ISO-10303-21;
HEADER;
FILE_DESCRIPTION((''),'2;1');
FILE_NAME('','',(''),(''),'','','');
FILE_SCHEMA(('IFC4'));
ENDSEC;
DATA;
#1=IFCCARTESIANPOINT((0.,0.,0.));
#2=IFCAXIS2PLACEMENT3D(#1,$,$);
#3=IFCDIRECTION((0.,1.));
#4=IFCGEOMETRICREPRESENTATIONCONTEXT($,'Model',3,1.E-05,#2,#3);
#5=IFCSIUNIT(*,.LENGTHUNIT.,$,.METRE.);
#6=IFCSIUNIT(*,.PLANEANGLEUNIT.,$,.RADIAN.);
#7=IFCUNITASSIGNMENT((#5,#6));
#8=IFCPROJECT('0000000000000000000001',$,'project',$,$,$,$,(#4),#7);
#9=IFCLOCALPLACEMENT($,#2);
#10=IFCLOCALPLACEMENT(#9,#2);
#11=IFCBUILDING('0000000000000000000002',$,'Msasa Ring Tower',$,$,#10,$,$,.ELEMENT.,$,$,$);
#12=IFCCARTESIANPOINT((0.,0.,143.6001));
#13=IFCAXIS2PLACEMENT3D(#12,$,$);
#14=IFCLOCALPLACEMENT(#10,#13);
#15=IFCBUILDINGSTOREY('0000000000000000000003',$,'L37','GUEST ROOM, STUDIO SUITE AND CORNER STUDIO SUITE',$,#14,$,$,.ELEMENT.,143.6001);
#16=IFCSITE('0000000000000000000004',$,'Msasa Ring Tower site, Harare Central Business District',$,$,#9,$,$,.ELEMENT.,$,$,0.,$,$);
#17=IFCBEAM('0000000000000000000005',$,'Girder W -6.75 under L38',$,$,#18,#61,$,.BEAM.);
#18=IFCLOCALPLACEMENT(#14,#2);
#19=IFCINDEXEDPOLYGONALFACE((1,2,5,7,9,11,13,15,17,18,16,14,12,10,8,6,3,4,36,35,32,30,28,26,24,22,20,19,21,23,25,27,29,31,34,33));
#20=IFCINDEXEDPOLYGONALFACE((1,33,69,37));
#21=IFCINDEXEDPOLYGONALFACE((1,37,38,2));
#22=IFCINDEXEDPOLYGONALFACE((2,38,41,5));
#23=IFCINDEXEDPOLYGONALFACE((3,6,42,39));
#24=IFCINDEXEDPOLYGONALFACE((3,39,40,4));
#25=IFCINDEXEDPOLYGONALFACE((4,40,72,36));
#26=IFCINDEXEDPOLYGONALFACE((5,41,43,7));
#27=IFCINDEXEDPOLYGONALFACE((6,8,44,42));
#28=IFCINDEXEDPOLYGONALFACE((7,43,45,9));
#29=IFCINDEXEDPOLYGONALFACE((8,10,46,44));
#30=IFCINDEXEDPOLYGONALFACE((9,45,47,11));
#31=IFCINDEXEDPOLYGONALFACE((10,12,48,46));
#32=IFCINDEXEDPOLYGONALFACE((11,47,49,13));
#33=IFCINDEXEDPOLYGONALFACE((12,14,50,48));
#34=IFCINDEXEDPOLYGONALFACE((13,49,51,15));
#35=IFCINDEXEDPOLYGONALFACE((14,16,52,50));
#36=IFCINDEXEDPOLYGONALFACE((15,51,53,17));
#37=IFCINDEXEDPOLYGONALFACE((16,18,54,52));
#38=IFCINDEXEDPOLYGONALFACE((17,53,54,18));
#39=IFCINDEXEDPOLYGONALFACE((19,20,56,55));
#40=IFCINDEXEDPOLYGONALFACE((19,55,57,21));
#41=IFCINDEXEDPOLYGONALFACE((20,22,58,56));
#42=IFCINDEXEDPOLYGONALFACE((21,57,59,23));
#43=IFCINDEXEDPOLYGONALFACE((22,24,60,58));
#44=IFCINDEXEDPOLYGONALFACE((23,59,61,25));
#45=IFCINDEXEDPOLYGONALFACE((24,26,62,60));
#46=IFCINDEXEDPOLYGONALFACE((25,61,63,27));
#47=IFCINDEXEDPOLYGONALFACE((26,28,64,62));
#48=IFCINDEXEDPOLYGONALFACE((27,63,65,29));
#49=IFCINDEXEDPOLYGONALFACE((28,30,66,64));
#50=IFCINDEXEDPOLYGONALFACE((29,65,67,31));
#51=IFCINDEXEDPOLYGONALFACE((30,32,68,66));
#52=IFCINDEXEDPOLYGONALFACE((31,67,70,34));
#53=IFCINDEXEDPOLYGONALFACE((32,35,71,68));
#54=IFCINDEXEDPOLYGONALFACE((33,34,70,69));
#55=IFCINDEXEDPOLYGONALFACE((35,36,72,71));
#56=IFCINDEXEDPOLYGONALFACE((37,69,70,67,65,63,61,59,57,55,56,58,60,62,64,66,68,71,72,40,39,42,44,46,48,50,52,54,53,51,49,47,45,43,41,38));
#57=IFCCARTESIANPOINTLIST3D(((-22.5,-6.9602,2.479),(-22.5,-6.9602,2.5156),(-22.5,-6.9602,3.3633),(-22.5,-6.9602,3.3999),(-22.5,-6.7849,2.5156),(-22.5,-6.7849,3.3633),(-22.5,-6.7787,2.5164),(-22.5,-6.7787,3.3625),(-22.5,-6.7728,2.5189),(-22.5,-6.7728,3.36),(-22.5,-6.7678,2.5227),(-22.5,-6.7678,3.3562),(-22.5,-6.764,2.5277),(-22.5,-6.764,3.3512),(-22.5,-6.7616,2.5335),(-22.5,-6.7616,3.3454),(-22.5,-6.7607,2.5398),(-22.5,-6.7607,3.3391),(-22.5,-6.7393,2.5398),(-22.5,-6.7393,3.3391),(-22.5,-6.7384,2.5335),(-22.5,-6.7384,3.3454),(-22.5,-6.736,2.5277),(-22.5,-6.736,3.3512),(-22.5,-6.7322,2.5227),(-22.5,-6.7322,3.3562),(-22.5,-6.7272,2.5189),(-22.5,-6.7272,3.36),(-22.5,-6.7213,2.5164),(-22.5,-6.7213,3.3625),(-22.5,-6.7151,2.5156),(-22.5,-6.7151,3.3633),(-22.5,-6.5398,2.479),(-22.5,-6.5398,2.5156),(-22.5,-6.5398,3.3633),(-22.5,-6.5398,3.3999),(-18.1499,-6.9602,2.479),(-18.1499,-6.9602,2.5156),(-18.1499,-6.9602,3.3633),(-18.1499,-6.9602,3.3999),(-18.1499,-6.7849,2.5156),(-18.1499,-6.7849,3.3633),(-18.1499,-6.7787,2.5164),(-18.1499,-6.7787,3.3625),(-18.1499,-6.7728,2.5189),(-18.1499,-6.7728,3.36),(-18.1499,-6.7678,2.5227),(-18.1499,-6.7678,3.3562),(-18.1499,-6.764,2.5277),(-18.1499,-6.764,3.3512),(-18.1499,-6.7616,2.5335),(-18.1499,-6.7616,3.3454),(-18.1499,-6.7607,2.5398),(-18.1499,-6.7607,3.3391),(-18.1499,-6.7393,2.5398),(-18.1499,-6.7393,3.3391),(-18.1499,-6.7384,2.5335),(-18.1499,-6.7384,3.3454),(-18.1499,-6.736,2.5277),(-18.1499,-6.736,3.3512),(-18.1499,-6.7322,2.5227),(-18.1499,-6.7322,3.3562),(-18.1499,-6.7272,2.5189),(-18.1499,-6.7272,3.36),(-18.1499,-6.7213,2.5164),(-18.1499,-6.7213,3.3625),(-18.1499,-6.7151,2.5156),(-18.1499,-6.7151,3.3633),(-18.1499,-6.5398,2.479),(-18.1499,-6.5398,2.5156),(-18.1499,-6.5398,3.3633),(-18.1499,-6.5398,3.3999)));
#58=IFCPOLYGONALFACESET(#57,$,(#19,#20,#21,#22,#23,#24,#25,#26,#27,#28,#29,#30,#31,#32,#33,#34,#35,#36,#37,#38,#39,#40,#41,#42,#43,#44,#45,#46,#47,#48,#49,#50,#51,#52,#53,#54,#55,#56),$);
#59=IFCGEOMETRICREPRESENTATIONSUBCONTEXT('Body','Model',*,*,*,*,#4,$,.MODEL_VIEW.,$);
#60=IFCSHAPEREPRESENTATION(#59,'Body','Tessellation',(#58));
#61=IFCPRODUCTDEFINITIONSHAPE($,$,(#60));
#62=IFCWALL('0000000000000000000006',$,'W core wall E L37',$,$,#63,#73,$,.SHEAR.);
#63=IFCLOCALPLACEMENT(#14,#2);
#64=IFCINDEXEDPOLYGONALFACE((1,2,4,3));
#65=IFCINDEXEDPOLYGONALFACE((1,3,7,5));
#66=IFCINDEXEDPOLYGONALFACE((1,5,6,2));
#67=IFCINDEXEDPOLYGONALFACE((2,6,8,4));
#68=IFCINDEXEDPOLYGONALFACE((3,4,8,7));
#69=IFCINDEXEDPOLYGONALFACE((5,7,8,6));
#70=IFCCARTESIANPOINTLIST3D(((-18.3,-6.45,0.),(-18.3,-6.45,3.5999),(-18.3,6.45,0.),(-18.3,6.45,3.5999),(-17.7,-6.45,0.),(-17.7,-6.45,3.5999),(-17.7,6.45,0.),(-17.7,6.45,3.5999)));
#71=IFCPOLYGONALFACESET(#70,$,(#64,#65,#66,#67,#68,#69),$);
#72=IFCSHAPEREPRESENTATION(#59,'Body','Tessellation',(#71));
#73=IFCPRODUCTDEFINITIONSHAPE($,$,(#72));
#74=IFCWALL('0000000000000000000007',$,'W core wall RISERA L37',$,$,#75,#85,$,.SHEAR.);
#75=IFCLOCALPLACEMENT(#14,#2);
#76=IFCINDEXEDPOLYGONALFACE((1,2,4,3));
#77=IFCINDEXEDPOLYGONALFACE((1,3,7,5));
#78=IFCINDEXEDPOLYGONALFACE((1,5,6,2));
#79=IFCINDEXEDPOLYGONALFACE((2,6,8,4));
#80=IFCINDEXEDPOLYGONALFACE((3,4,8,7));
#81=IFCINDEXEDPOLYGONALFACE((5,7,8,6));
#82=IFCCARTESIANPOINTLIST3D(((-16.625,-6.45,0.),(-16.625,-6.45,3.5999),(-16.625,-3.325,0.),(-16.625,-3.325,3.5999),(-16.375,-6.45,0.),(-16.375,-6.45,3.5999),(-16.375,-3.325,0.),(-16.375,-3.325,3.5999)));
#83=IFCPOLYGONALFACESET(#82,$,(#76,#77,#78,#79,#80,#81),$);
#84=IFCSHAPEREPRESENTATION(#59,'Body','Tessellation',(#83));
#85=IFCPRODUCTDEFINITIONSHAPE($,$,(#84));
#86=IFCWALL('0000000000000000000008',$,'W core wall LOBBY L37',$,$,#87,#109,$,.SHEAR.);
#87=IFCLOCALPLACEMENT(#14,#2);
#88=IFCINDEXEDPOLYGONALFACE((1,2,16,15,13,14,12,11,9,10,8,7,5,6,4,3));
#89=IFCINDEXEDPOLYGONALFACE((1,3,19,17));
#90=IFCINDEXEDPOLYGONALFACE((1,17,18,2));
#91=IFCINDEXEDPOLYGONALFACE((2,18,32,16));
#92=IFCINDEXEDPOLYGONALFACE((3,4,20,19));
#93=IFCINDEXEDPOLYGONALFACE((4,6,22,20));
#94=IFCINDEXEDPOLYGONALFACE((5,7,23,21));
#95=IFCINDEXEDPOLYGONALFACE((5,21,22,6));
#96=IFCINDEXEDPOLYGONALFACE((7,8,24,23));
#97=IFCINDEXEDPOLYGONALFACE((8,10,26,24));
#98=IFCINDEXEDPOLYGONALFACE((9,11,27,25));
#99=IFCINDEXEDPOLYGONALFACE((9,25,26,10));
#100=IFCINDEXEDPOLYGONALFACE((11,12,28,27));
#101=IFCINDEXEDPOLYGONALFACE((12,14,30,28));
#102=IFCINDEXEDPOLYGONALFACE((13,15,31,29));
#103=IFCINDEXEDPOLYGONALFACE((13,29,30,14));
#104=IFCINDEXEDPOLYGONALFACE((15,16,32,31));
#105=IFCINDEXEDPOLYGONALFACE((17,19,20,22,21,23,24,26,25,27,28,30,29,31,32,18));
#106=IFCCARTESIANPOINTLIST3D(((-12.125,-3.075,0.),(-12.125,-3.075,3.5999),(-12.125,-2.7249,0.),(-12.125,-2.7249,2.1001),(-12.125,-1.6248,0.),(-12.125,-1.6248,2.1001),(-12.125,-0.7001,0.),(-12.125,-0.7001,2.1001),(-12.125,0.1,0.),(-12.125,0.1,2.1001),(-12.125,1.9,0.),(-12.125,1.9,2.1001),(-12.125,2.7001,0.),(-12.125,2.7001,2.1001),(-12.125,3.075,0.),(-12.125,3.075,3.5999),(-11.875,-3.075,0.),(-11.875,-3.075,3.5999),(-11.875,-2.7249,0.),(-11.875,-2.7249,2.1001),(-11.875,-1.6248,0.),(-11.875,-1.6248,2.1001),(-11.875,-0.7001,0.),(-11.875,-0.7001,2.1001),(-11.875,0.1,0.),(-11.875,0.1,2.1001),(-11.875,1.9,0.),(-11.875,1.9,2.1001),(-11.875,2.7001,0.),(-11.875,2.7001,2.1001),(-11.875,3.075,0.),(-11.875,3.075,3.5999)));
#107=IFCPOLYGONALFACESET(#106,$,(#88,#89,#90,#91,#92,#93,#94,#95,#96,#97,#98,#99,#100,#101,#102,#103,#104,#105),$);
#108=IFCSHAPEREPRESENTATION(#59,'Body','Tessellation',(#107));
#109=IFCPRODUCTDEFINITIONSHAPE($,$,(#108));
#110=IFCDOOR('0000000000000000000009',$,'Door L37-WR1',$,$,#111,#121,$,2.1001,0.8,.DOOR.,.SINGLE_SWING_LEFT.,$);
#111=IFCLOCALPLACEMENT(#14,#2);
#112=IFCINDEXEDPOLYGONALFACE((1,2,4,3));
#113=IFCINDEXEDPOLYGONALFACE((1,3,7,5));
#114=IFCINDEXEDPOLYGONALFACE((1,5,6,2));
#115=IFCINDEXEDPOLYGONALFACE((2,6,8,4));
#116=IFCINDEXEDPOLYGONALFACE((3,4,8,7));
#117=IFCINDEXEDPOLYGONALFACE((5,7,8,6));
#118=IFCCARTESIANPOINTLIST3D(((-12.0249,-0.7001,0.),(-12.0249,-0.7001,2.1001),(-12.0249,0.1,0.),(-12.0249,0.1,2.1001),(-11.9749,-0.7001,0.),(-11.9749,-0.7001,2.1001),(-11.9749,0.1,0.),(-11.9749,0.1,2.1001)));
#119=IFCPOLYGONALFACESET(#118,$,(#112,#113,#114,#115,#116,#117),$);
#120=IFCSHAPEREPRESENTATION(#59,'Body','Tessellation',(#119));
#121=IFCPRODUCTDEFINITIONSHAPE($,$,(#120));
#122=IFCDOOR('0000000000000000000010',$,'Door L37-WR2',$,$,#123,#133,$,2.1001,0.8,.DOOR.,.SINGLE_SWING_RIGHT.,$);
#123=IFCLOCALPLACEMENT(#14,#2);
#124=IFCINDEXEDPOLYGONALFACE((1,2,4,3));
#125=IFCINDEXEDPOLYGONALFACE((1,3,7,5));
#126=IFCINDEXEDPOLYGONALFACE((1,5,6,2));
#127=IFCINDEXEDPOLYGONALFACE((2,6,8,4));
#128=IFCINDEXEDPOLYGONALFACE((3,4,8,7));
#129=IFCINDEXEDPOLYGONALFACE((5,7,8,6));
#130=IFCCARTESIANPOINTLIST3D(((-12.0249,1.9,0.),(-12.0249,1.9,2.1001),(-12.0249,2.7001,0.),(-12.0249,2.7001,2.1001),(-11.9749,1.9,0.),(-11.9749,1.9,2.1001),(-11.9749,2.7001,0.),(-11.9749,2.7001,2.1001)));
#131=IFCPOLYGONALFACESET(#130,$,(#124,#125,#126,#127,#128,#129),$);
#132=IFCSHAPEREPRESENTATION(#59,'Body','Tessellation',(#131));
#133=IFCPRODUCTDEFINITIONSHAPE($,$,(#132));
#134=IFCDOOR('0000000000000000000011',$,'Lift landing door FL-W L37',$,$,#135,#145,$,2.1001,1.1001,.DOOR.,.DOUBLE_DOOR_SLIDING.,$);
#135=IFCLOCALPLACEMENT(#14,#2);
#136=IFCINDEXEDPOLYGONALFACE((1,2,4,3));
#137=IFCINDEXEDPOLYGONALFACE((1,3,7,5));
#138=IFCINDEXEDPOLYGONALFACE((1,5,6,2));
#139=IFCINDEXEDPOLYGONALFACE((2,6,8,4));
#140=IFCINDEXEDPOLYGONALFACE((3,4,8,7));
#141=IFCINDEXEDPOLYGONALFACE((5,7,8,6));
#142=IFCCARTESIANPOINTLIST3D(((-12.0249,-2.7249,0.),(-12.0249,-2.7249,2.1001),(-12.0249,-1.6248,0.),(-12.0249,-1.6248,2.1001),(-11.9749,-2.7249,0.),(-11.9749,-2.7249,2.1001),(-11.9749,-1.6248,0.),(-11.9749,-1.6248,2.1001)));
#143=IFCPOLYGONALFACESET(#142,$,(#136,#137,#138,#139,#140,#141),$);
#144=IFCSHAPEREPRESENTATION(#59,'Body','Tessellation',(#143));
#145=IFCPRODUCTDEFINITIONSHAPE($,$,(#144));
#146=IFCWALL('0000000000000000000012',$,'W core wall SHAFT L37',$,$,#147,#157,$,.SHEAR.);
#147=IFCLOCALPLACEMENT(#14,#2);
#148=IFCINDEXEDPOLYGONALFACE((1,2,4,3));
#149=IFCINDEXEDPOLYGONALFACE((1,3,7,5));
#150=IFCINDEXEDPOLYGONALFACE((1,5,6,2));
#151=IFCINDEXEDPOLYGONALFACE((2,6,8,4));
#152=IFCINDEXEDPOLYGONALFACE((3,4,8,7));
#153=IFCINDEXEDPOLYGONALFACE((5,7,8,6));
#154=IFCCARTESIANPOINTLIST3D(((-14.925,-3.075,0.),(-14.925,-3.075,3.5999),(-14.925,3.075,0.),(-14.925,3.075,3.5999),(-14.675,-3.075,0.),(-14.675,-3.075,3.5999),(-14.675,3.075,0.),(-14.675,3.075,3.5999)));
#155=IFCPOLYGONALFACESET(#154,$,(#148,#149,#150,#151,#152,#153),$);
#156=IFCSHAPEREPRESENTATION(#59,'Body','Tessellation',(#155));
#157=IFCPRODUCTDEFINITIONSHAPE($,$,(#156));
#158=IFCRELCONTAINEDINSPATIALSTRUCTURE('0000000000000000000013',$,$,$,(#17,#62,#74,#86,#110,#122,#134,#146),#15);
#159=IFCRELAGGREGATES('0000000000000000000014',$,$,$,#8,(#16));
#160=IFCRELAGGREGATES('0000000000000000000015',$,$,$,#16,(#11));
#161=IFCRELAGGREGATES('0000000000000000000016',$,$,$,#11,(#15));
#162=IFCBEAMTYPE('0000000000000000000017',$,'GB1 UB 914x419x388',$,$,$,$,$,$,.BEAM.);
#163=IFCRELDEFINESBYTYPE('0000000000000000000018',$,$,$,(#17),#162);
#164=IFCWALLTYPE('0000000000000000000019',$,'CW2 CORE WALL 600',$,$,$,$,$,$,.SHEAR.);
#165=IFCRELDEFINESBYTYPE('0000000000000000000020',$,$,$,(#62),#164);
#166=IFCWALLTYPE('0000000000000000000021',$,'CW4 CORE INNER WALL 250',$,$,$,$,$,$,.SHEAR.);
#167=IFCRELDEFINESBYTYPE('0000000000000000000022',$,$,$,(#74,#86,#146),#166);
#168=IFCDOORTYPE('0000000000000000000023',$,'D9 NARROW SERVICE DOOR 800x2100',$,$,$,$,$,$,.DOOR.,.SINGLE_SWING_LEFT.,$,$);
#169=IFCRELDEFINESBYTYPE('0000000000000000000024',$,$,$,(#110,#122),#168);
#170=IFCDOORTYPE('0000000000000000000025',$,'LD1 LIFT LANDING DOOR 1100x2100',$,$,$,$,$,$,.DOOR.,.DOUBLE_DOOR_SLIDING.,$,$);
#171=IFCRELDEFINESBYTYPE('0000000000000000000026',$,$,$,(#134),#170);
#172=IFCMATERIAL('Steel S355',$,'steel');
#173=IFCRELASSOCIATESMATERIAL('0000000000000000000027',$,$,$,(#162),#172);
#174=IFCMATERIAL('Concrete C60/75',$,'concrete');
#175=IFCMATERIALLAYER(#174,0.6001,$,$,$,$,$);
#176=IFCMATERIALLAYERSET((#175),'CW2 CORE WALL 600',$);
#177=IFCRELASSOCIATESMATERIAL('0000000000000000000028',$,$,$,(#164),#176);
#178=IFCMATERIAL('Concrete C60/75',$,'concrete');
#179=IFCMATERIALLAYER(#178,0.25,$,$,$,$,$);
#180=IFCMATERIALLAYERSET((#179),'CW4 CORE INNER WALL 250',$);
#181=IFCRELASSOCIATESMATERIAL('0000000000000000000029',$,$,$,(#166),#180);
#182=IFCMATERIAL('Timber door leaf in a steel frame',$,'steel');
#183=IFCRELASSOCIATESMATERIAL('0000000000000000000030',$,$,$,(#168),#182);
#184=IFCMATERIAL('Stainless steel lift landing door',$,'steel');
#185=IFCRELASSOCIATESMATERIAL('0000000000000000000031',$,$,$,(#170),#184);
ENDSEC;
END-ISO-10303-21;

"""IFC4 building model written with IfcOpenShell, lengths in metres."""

from ifc_helpers import new_model, si_unit, direction, frame, frame_2d, origin, origin_2d, place, context, subcontext, project, spatial, rectangle, i_section, extrude, material, layer, layer_set, material_profile, profile_set, type_object, element, fill, save


model = new_model("IFC4")

# Units and contexts
model_context = context("Model", 3, precision=1e-05, world=origin(), true_north=direction((0.0, 1.0)))
body_context = subcontext(model_context, "Body", "Model", "MODEL_VIEW")
ifc_project = project(units=[si_unit("LENGTHUNIT", "METRE"), si_unit("PLANEANGLEUNIT", "RADIAN")], contexts=[model_context])

# Site, building, storey
site_placement = place(None, origin())
site = spatial("IfcSite", under=ifc_project, at=site_placement, Name="Msasa Ring Tower site, Harare Central Business District", CompositionType="ELEMENT", RefElevation=0.0)
building_placement = place(site_placement, origin())
building = spatial("IfcBuilding", under=site, at=building_placement, Name="Msasa Ring Tower", CompositionType="ELEMENT")
storey_placement = place(building_placement, frame((0.0, 0.0, 143.6001)))
storey = spatial("IfcBuildingStorey", under=building, at=storey_placement, Name="L37", Description="GUEST ROOM, STUDIO SUITE AND CORNER STUDIO SUITE", CompositionType="ELEMENT", Elevation=143.6001)

# Beam
ifc_material_1 = material(Name="Steel S355", Category="steel")
ifc_material_profile = material_profile(ifc_material_1, i_section(OverallWidth=0.4204, OverallDepth=0.9209, WebThickness=0.0215, FlangeThickness=0.0366, FilletRadius=0.0242, at=origin_2d()), Name="UB 914x419x388")
ifc_profile_set = profile_set([ifc_material_profile], Name="Steel S355")
beam_type = type_object("IfcBeamType", Name="GB1 UB 914x419x388", PredefinedType="BEAM", material=ifc_profile_set)
beam_placement = place(storey_placement, frame((-18.1499, -6.75, 2.9395), z_axis=(-1.0, 0.0, 0.0), x_axis=(0.0, -1.0, 0.0)))
element("IfcBeam", 1, at=beam_placement, inside=storey, type_object=beam_type, Name="Girder W -6.75 under L38", PredefinedType="BEAM", context=body_context, shape_type="SweptSolid", body=[
    extrude(i_section(OverallWidth=0.4204, OverallDepth=0.9209, WebThickness=0.0215, FlangeThickness=0.0366, FilletRadius=0.0242, at=origin_2d()), origin(), (0.0, 0.0, 1.0), 4.3501),
])

# Walls
ifc_material_2 = material(Name="Concrete C60/75", Category="concrete")
ifc_layer_1 = layer(ifc_material_2, 0.6001)
ifc_layer_set_1 = layer_set([ifc_layer_1], Name="CW2 CORE WALL 600")
wall_type_1 = type_object("IfcWallType", Name="CW2 CORE WALL 600", PredefinedType="SHEAR", material=ifc_layer_set_1)
wall_1_placement = place(storey_placement, frame((-18.0, -6.45, 0.0), z_axis=(0.0, 0.0, 1.0), x_axis=(0.0, 1.0, 0.0)))
element("IfcWall", 2, at=wall_1_placement, inside=storey, type_object=wall_type_1, Name="W core wall E L37", PredefinedType="SHEAR", context=body_context, shape_type="SweptSolid", body=[
    extrude(rectangle(XDim=12.8999, YDim=0.6001, at=frame_2d((6.45, 0.0))), origin(), (0.0, 0.0, 1.0), 3.5999),
])
ifc_material_3 = material(Name="Concrete C60/75", Category="concrete")
ifc_layer_2 = layer(ifc_material_3, 0.25)
ifc_layer_set_2 = layer_set([ifc_layer_2], Name="CW4 CORE INNER WALL 250")
wall_type_2 = type_object("IfcWallType", Name="CW4 CORE INNER WALL 250", PredefinedType="SHEAR", material=ifc_layer_set_2)
wall_2_placement = place(storey_placement, frame((-16.5, -6.45, 0.0), z_axis=(0.0, 0.0, 1.0), x_axis=(0.0, 1.0, 0.0)))
element("IfcWall", 3, at=wall_2_placement, inside=storey, type_object=wall_type_2, Name="W core wall RISERA L37", PredefinedType="SHEAR", context=body_context, shape_type="SweptSolid", body=[
    extrude(rectangle(XDim=3.125, YDim=0.25, at=frame_2d((1.5625, 0.0))), origin(), (0.0, 0.0, 1.0), 3.5999),
])

# Wall, openings, doors
wall_3_placement = place(storey_placement, frame((-12.0, -3.075, 0.0), z_axis=(0.0, 0.0, 1.0), x_axis=(0.0, 1.0, 0.0)))
wall_3 = element("IfcWall", 4, at=wall_3_placement, inside=storey, type_object=wall_type_2, Name="W core wall LOBBY L37", PredefinedType="SHEAR", context=body_context, shape_type="SweptSolid", body=[
    extrude(rectangle(XDim=6.1499, YDim=0.25, at=frame_2d((3.075, 0.0))), origin(), (0.0, 0.0, 1.0), 3.5999),
])
opening_1_placement = place(wall_3_placement, frame((2.375, 0.0, 0.0)))
opening_1 = element("IfcOpeningElement", 5, at=opening_1_placement, cuts=wall_3, PredefinedType="OPENING", context=body_context, shape_type="SweptSolid", body=[
    extrude(rectangle(XDim=0.8, YDim=2.1001, at=frame_2d((0.3999, 1.05))), frame((0.0, 0.135, 0.0), z_axis=(0.0, -1.0, 0.0), x_axis=(1.0, 0.0, 0.0)), (0.0, 0.0, 1.0), 0.27),
])
opening_2_placement = place(wall_3_placement, frame((4.9751, 0.0, 0.0)))
opening_2 = element("IfcOpeningElement", 6, at=opening_2_placement, cuts=wall_3, PredefinedType="OPENING", context=body_context, shape_type="SweptSolid", body=[
    extrude(rectangle(XDim=0.8, YDim=2.1001, at=frame_2d((0.3999, 1.05))), frame((0.0, 0.135, 0.0), z_axis=(0.0, -1.0, 0.0), x_axis=(1.0, 0.0, 0.0)), (0.0, 0.0, 1.0), 0.27),
])
opening_3_placement = place(wall_3_placement, frame((0.3501, 0.0, 0.0)))
opening_3 = element("IfcOpeningElement", 7, at=opening_3_placement, cuts=wall_3, PredefinedType="OPENING", context=body_context, shape_type="SweptSolid", body=[
    extrude(rectangle(XDim=1.1001, YDim=2.1001, at=frame_2d((0.55, 1.05))), frame((0.0, 0.135, 0.0), z_axis=(0.0, -1.0, 0.0), x_axis=(1.0, 0.0, 0.0)), (0.0, 0.0, 1.0), 0.27),
])
ifc_material_4 = material(Name="Timber door leaf in a steel frame", Category="steel")
door_type_1 = type_object("IfcDoorType", Name="D9 NARROW SERVICE DOOR 800x2100", OperationType="SINGLE_SWING_LEFT", PredefinedType="DOOR", material=ifc_material_4)
door_1_placement = place(opening_1_placement, origin())
door_1 = element("IfcDoor", 8, at=door_1_placement, inside=storey, type_object=door_type_1, Name="Door L37-WR1", OperationType="SINGLE_SWING_LEFT", OverallHeight=2.1001, OverallWidth=0.8, PredefinedType="DOOR", context=body_context, shape_type="SweptSolid", body=[
    extrude(rectangle(XDim=0.8, YDim=2.1001, at=frame_2d((0.3999, 1.05))), frame((0.0, 0.0249, 0.0), z_axis=(0.0, -1.0, 0.0), x_axis=(1.0, 0.0, 0.0)), (0.0, 0.0, 1.0), 0.05),
])
fill(opening_1, door_1)
door_2_placement = place(opening_2_placement, origin())
door_2 = element("IfcDoor", 9, at=door_2_placement, inside=storey, type_object=door_type_1, Name="Door L37-WR2", OperationType="SINGLE_SWING_RIGHT", OverallHeight=2.1001, OverallWidth=0.8, PredefinedType="DOOR", context=body_context, shape_type="SweptSolid", body=[
    extrude(rectangle(XDim=0.8, YDim=2.1001, at=frame_2d((0.3999, 1.05))), frame((0.0, 0.0249, 0.0), z_axis=(0.0, -1.0, 0.0), x_axis=(1.0, 0.0, 0.0)), (0.0, 0.0, 1.0), 0.05),
])
fill(opening_2, door_2)
ifc_material_5 = material(Name="Stainless steel lift landing door", Category="steel")
door_type_2 = type_object("IfcDoorType", Name="LD1 LIFT LANDING DOOR 1100x2100", OperationType="DOUBLE_DOOR_SLIDING", PredefinedType="DOOR", material=ifc_material_5)
door_3_placement = place(opening_3_placement, origin())
door_3 = element("IfcDoor", 10, at=door_3_placement, inside=storey, type_object=door_type_2, Name="Lift landing door FL-W L37", OperationType="DOUBLE_DOOR_SLIDING", OverallHeight=2.1001, OverallWidth=1.1001, PredefinedType="DOOR", context=body_context, shape_type="SweptSolid", body=[
    extrude(rectangle(XDim=1.1001, YDim=2.1001, at=frame_2d((0.55, 1.05))), frame((0.0, 0.0249, 0.0), z_axis=(0.0, -1.0, 0.0), x_axis=(1.0, 0.0, 0.0)), (0.0, 0.0, 1.0), 0.05),
])
fill(opening_3, door_3)

# Wall
wall_4_placement = place(storey_placement, frame((-14.8, -3.075, 0.0), z_axis=(0.0, 0.0, 1.0), x_axis=(0.0, 1.0, 0.0)))
element("IfcWall", 11, at=wall_4_placement, inside=storey, type_object=wall_type_2, Name="W core wall SHAFT L37", PredefinedType="SHEAR", context=body_context, shape_type="SweptSolid", body=[
    extrude(rectangle(XDim=6.1499, YDim=0.25, at=frame_2d((3.075, 0.0))), origin(), (0.0, 0.0, 1.0), 3.5999),
])

save(model, "model.ifc")
